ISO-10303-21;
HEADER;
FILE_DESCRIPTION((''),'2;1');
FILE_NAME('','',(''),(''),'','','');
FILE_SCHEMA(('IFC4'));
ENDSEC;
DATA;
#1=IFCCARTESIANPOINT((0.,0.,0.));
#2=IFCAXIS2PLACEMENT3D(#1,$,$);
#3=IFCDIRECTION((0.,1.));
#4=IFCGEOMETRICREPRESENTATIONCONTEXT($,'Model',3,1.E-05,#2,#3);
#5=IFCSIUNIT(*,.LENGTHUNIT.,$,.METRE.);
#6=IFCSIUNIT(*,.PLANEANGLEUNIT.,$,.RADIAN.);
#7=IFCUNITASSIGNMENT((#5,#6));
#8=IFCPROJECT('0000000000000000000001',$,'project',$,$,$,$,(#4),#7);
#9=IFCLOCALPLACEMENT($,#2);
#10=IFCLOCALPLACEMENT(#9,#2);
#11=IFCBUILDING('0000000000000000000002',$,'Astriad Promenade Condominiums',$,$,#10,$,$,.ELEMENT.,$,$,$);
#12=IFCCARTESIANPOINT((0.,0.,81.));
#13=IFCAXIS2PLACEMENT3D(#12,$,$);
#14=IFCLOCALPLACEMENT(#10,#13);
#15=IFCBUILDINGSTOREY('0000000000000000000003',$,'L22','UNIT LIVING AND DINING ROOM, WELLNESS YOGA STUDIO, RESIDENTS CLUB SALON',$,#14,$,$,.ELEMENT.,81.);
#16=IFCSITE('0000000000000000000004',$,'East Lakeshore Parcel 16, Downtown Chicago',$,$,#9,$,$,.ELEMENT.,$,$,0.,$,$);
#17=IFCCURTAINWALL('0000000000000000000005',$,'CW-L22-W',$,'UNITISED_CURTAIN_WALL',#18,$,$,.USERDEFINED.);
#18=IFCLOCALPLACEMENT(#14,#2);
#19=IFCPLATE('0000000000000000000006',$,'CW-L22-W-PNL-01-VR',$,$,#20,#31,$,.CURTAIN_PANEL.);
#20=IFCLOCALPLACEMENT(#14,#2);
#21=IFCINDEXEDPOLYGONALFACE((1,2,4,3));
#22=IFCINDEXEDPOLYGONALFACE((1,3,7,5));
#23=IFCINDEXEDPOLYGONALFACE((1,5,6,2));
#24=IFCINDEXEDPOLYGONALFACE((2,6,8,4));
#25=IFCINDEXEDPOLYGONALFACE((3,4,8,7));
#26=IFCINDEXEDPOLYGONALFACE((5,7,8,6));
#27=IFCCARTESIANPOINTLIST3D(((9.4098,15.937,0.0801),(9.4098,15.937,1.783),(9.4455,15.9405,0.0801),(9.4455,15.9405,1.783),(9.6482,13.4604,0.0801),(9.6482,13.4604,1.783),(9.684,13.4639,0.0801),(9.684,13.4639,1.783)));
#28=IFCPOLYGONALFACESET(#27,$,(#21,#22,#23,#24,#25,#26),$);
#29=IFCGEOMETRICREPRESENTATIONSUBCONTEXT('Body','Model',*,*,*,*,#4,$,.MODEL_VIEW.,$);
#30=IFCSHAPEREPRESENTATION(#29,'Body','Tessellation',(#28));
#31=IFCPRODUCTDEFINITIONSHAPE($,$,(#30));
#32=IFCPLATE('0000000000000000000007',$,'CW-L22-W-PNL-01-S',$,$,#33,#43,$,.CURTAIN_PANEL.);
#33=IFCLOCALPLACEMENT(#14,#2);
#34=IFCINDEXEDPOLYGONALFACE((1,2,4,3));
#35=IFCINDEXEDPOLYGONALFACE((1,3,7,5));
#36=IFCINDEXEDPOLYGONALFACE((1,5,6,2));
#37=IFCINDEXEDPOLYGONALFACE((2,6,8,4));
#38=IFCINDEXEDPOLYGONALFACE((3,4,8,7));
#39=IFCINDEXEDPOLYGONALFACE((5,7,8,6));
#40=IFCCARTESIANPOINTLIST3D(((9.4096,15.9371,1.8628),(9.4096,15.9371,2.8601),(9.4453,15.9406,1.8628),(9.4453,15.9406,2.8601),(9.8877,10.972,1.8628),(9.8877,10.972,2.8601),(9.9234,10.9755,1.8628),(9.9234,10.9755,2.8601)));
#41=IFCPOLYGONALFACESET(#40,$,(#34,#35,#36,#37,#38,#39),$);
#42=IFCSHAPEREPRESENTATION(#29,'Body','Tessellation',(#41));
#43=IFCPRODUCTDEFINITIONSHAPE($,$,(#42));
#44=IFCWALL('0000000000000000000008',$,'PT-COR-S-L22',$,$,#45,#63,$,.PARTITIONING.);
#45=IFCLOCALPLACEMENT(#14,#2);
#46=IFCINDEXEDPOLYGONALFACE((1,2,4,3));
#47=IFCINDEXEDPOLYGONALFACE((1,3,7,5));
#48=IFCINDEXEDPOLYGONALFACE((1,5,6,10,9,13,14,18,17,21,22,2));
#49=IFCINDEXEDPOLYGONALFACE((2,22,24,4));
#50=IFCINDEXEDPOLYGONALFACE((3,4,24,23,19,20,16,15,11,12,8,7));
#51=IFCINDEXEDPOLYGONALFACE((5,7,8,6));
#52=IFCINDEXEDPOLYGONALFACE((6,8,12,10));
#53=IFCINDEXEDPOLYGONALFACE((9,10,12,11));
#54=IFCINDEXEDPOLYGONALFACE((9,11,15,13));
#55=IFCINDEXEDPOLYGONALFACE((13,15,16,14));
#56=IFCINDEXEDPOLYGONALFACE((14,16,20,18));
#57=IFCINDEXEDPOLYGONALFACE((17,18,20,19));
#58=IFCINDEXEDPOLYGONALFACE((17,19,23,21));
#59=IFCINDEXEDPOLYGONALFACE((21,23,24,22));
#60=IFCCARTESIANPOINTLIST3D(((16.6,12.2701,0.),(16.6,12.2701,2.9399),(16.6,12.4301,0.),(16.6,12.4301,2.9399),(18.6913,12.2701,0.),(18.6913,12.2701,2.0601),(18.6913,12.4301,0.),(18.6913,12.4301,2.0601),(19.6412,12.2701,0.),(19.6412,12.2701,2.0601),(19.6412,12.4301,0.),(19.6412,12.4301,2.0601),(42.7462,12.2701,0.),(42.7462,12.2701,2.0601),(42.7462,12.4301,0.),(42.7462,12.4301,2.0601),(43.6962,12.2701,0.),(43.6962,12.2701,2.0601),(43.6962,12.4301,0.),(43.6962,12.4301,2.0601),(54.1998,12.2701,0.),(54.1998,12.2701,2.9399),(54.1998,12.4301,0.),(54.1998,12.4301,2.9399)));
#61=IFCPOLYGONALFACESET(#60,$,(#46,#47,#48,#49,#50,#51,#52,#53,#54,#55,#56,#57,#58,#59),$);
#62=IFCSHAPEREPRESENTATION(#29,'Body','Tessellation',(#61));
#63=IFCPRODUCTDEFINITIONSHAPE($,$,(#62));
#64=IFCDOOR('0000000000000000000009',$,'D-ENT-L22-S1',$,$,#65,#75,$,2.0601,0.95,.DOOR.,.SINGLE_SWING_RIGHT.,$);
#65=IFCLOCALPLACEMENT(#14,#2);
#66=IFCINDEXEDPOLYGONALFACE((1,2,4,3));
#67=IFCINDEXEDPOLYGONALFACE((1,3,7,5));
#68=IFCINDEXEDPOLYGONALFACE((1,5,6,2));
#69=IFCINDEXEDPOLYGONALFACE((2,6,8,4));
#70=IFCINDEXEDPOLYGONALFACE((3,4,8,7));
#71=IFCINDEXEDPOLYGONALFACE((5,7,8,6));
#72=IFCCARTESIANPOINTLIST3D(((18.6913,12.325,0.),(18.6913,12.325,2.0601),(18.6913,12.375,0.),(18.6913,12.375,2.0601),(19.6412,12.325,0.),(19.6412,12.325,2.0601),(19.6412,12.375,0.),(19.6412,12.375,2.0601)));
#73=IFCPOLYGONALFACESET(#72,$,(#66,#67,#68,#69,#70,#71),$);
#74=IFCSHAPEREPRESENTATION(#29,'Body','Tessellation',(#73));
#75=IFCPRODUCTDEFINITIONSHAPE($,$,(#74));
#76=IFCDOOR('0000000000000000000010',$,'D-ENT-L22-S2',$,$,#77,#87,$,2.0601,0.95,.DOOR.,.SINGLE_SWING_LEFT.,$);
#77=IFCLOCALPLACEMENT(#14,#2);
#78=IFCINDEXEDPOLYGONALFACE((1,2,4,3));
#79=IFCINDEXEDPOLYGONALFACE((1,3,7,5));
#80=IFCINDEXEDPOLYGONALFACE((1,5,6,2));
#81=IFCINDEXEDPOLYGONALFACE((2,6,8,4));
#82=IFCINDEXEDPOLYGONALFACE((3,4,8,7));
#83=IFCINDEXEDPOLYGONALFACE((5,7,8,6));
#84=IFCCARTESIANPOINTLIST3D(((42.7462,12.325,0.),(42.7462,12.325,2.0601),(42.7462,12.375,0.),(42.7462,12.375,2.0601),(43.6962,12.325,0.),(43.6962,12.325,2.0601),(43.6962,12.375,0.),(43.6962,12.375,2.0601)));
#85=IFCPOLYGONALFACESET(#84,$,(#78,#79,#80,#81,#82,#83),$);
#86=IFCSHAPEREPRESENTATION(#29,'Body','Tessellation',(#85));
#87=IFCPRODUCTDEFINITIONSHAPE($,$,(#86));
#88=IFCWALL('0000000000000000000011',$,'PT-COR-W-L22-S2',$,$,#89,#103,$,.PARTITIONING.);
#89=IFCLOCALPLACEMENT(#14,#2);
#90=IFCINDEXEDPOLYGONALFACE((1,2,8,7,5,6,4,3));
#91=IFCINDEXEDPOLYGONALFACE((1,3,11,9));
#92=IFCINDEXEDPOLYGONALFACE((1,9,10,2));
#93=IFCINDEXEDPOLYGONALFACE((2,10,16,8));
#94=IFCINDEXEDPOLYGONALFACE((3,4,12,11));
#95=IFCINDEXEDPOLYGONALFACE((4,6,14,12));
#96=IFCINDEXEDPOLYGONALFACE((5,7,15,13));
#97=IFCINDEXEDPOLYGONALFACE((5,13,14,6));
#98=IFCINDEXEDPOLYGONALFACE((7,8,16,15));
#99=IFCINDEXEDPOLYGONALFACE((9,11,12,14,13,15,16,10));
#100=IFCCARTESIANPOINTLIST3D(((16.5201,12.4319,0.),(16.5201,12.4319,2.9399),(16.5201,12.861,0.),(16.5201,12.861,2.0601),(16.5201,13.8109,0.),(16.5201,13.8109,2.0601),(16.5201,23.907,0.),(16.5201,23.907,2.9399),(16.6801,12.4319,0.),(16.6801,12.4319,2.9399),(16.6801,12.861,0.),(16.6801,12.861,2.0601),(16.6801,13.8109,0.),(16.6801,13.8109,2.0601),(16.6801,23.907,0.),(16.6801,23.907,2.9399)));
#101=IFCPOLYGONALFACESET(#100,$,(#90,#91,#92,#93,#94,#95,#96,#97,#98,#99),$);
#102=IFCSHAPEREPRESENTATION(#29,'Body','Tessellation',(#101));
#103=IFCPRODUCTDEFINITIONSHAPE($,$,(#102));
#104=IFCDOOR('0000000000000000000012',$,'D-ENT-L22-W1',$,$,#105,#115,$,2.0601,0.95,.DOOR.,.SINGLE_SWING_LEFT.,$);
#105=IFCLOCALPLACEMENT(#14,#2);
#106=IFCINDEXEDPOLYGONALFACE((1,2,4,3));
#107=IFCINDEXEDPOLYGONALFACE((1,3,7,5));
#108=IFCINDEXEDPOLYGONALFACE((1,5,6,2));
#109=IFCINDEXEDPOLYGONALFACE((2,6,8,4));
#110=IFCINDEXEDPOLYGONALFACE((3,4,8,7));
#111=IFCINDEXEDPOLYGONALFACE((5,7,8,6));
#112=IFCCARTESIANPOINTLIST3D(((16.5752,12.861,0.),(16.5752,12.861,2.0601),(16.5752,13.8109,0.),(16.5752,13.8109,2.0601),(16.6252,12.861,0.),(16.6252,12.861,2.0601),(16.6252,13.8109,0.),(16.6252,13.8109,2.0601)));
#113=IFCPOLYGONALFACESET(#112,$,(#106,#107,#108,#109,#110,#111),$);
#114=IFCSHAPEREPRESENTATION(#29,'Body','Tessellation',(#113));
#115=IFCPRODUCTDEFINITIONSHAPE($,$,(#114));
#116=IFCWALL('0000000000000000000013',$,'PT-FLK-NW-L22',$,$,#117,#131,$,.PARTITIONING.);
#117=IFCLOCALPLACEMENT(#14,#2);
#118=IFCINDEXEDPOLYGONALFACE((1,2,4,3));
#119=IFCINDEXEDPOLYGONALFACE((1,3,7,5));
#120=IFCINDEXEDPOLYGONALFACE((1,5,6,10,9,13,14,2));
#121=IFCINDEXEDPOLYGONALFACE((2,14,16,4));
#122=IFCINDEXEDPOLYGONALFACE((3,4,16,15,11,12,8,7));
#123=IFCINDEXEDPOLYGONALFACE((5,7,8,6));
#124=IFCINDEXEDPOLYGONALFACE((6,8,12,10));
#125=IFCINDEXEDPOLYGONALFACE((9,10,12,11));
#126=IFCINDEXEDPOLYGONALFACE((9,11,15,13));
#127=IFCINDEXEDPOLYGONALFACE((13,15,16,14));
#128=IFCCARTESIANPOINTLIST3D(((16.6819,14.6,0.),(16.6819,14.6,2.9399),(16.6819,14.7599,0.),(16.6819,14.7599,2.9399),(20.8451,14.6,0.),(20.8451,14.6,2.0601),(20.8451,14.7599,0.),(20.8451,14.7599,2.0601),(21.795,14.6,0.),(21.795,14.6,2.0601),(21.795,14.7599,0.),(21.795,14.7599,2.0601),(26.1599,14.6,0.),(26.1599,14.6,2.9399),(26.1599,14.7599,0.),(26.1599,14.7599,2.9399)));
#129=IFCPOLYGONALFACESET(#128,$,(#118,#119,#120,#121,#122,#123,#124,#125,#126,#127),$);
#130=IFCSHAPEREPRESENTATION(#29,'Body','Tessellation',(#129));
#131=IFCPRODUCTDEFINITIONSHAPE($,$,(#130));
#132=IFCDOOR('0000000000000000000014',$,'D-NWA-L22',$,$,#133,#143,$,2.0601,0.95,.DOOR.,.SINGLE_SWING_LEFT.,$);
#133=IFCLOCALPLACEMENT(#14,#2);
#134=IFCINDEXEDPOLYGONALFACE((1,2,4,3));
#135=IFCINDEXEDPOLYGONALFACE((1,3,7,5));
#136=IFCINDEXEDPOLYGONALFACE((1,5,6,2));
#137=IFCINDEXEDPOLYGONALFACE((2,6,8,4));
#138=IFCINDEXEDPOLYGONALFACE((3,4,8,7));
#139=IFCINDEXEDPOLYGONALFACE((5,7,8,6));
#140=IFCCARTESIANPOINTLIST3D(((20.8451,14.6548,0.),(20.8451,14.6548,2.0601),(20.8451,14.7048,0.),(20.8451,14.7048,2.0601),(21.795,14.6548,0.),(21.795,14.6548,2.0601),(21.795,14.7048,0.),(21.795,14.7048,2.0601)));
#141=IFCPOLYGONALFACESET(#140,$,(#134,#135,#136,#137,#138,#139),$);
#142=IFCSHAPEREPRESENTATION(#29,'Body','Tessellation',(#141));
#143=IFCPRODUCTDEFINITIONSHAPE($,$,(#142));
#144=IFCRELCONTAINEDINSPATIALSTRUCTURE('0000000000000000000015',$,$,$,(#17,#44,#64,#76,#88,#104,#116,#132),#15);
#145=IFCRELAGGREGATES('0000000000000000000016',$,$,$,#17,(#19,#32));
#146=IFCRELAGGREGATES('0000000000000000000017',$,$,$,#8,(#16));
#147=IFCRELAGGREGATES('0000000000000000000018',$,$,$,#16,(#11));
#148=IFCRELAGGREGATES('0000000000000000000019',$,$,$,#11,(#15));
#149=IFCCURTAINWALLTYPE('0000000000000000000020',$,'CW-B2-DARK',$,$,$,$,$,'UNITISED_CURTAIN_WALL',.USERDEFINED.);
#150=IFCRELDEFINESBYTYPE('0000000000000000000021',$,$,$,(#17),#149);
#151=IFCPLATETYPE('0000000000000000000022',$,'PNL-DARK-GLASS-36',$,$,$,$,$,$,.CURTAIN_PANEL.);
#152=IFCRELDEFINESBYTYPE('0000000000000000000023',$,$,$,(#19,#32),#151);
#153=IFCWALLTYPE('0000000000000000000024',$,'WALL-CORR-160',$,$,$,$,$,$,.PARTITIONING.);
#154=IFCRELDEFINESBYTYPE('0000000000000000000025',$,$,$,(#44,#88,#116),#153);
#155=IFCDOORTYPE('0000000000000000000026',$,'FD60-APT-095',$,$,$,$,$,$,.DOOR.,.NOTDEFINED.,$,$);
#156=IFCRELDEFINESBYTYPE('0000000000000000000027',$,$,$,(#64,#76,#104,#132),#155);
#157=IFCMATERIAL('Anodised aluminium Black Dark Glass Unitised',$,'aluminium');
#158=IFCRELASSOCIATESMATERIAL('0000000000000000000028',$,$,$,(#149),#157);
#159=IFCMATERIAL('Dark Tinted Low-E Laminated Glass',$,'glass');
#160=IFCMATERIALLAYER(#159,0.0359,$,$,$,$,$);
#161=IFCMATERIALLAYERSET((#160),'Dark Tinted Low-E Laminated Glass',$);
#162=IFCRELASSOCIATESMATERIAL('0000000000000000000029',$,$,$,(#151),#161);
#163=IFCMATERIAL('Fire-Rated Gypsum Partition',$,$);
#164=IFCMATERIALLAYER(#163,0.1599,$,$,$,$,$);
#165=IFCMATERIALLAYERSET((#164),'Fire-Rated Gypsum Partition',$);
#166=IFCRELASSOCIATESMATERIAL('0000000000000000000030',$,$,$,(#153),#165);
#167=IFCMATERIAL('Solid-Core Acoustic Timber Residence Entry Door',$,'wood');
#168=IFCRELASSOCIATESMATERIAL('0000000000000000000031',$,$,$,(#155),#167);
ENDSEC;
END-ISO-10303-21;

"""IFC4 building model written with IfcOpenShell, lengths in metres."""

from ifc_helpers import new_model, si_unit, direction, frame, frame_2d, origin, origin_2d, place, context, subcontext, project, spatial, rectangle, extrude, source, transform, mapped, material, layer, layer_set, type_object, type_shapes, element, fill, aggregate, save


model = new_model("IFC4")

# Units and contexts
model_context = context("Model", 3, precision=1e-05, world=origin(), true_north=direction((0.0, 1.0)))
body_context = subcontext(model_context, "Body", "Model", "MODEL_VIEW")
ifc_project = project(units=[si_unit("LENGTHUNIT", "METRE"), si_unit("PLANEANGLEUNIT", "RADIAN")], contexts=[model_context])

# Site, building, storey
site_placement = place(None, origin())
site = spatial("IfcSite", under=ifc_project, at=site_placement, Name="East Lakeshore Parcel 16, Downtown Chicago", CompositionType="ELEMENT", RefElevation=0.0)
building_placement = place(site_placement, origin())
building = spatial("IfcBuilding", under=site, at=building_placement, Name="Astriad Promenade Condominiums", CompositionType="ELEMENT")
storey_placement = place(building_placement, frame((0.0, 0.0, 81.0)))
storey = spatial("IfcBuildingStorey", under=building, at=storey_placement, Name="L22", Description="UNIT LIVING AND DINING ROOM, WELLNESS YOGA STUDIO, RESIDENTS CLUB SALON", CompositionType="ELEMENT", Elevation=81.0)

# Curtain wall, plates
ifc_material_1 = material(Name="Anodised aluminium Black Dark Glass Unitised", Category="aluminium")
curtain_wall_type = type_object("IfcCurtainWallType", Name="CW-B2-DARK", ElementType="UNITISED_CURTAIN_WALL", PredefinedType="USERDEFINED", material=ifc_material_1)
curtain_wall_placement = place(storey_placement, origin())
curtain_wall = element("IfcCurtainWall", 1, at=curtain_wall_placement, inside=storey, type_object=curtain_wall_type, Name="CW-L22-W", ObjectType="UNITISED_CURTAIN_WALL", PredefinedType="USERDEFINED")
ifc_material_2 = material(Name="Dark Tinted Low-E Laminated Glass", Category="glass")
ifc_layer_1 = layer(ifc_material_2, 0.0359)
ifc_layer_set_1 = layer_set([ifc_layer_1], Name="Dark Tinted Low-E Laminated Glass")
plate_type = type_object("IfcPlateType", Name="PNL-DARK-GLASS-36", PredefinedType="CURTAIN_PANEL", material=ifc_layer_set_1)
shared_shape_1 = source(origin(), body_context, "Body", "SweptSolid", [
    extrude(rectangle(XDim=2.488, YDim=0.0359, at=origin_2d()), origin(), (0.0, 0.0, 1.0), 1.7029),
])
plate_1_placement = place(storey_placement, frame((9.5469, 14.7004, 0.0801), z_axis=(0.0, 0.0, 1.0), x_axis=(-0.095846, 0.995396, 0.0)))
plate_1 = element("IfcPlate", 2, at=plate_1_placement, type_object=plate_type, Name="CW-L22-W-PNL-01-VR", PredefinedType="CURTAIN_PANEL", context=body_context, shape_type="MappedRepresentation", body=[
    mapped(shared_shape_1, transform((0.0, 0.0, 0.0), scale=1.0)),
])
shared_shape_2 = source(origin(), body_context, "Body", "SweptSolid", [
    extrude(rectangle(XDim=4.988, YDim=0.0359, at=origin_2d()), origin(), (0.0, 0.0, 1.0), 0.9973),
])
type_shapes(plate_type, [shared_shape_1, shared_shape_2])
plate_2_placement = place(storey_placement, frame((9.6665, 13.4563, 1.8628), z_axis=(0.0, 0.0, 1.0), x_axis=(-0.095846, 0.995396, 0.0)))
plate_2 = element("IfcPlate", 3, at=plate_2_placement, type_object=plate_type, Name="CW-L22-W-PNL-01-S", PredefinedType="CURTAIN_PANEL", context=body_context, shape_type="MappedRepresentation", body=[
    mapped(shared_shape_2, transform((0.0, 0.0, 0.0), scale=1.0)),
])
aggregate(curtain_wall, [plate_1, plate_2])

# Wall, openings, doors
ifc_material_3 = material(Name="Fire-Rated Gypsum Partition")
ifc_layer_2 = layer(ifc_material_3, 0.1599)
ifc_layer_set_2 = layer_set([ifc_layer_2], Name="Fire-Rated Gypsum Partition")
wall_type_1 = type_object("IfcWallType", Name="WALL-CORR-160", PredefinedType="PARTITIONING", material=ifc_layer_set_2)
wall_1_placement = place(storey_placement, frame((16.6001, 12.3501, 0.0), z_axis=(0.0, 0.0, 1.0), x_axis=(1.0, 0.0, 0.0)))
wall_1 = element("IfcWall", 4, at=wall_1_placement, inside=storey, type_object=wall_type_1, Name="PT-COR-S-L22", PredefinedType="PARTITIONING", context=body_context, shape_type="SweptSolid", body=[
    extrude(rectangle(XDim=37.5999, YDim=0.1599, at=frame_2d((18.7998, 0.0))), origin(), (0.0, 0.0, 1.0), 2.9399),
])
opening_1_placement = place(wall_1_placement, frame((2.0911, 0.0, 0.0)))
opening_1 = element("IfcOpeningElement", 5, at=opening_1_placement, cuts=wall_1, PredefinedType="OPENING", context=body_context, shape_type="SweptSolid", body=[
    extrude(rectangle(XDim=0.95, YDim=2.0601, at=frame_2d((0.4751, 1.03))), frame((0.0, 0.0898, 0.0), z_axis=(0.0, -1.0, 0.0), x_axis=(1.0, 0.0, 0.0)), (0.0, 0.0, 1.0), 0.1799),
])
opening_2_placement = place(wall_1_placement, frame((26.146, 0.0, 0.0)))
opening_2 = element("IfcOpeningElement", 6, at=opening_2_placement, cuts=wall_1, PredefinedType="OPENING", context=body_context, shape_type="SweptSolid", body=[
    extrude(rectangle(XDim=0.95, YDim=2.0601, at=frame_2d((0.4751, 1.03))), frame((0.0, 0.0898, 0.0), z_axis=(0.0, -1.0, 0.0), x_axis=(1.0, 0.0, 0.0)), (0.0, 0.0, 1.0), 0.1799),
])
ifc_material_4 = material(Name="Solid-Core Acoustic Timber Residence Entry Door", Category="wood")
door_type_1 = type_object("IfcDoorType", Name="FD60-APT-095", OperationType="NOTDEFINED", PredefinedType="DOOR", material=ifc_material_4)
shared_shape_3 = source(origin(), body_context, "Body", "SweptSolid", [
    extrude(rectangle(XDim=0.95, YDim=2.0601, at=frame_2d((0.4751, 1.03))), frame((0.0, 0.0249, 0.0), z_axis=(0.0, -1.0, 0.0), x_axis=(1.0, 0.0, 0.0)), (0.0, 0.0, 1.0), 0.05),
])
type_shapes(door_type_1, [shared_shape_3])
door_1_placement = place(opening_1_placement, origin())
door_1 = element("IfcDoor", 7, at=door_1_placement, inside=storey, type_object=door_type_1, Name="D-ENT-L22-S1", OperationType="SINGLE_SWING_RIGHT", OverallHeight=2.0601, OverallWidth=0.95, PredefinedType="DOOR", context=body_context, shape_type="MappedRepresentation", body=[
    mapped(shared_shape_3, transform((0.0, 0.0, 0.0), scale=1.0)),
])
fill(opening_1, door_1)
door_2_placement = place(opening_2_placement, origin())
door_2 = element("IfcDoor", 8, at=door_2_placement, inside=storey, type_object=door_type_1, Name="D-ENT-L22-S2", OperationType="SINGLE_SWING_LEFT", OverallHeight=2.0601, OverallWidth=0.95, PredefinedType="DOOR", context=body_context, shape_type="MappedRepresentation", body=[
    mapped(shared_shape_3, transform((0.0, 0.0, 0.0), scale=1.0)),
])
fill(opening_2, door_2)

# Walls, openings, doors
wall_2_placement = place(storey_placement, frame((16.6001, 12.4319, 0.0), z_axis=(0.0, 0.0, 1.0), x_axis=(0.0, 1.0, 0.0)))
wall_2 = element("IfcWall", 9, at=wall_2_placement, inside=storey, type_object=wall_type_1, Name="PT-COR-W-L22-S2", PredefinedType="PARTITIONING", context=body_context, shape_type="SweptSolid", body=[
    extrude(rectangle(XDim=11.4751, YDim=0.1599, at=frame_2d((5.7375, 0.0))), origin(), (0.0, 0.0, 1.0), 2.9399),
])
opening_3_placement = place(wall_2_placement, frame((0.429, 0.0, 0.0)))
opening_3 = element("IfcOpeningElement", 10, at=opening_3_placement, cuts=wall_2, PredefinedType="OPENING", context=body_context, shape_type="SweptSolid", body=[
    extrude(rectangle(XDim=0.95, YDim=2.0601, at=frame_2d((0.4751, 1.03))), frame((0.0, 0.0898, 0.0), z_axis=(0.0, -1.0, 0.0), x_axis=(1.0, 0.0, 0.0)), (0.0, 0.0, 1.0), 0.1799),
])
door_3_placement = place(opening_3_placement, origin())
door_3 = element("IfcDoor", 11, at=door_3_placement, inside=storey, type_object=door_type_1, Name="D-ENT-L22-W1", OperationType="SINGLE_SWING_LEFT", OverallHeight=2.0601, OverallWidth=0.95, PredefinedType="DOOR", context=body_context, shape_type="MappedRepresentation", body=[
    mapped(shared_shape_3, transform((0.0, 0.0, 0.0), scale=1.0)),
])
fill(opening_3, door_3)
wall_3_placement = place(storey_placement, frame((16.6819, 14.6799, 0.0), z_axis=(0.0, 0.0, 1.0), x_axis=(1.0, 0.0, 0.0)))
wall_3 = element("IfcWall", 12, at=wall_3_placement, inside=storey, type_object=wall_type_1, Name="PT-FLK-NW-L22", PredefinedType="PARTITIONING", context=body_context, shape_type="SweptSolid", body=[
    extrude(rectangle(XDim=9.478, YDim=0.1599, at=frame_2d((4.739, 0.0))), origin(), (0.0, 0.0, 1.0), 2.9399),
])
opening_4_placement = place(wall_3_placement, frame((4.1631, 0.0, 0.0)))
opening_4 = element("IfcOpeningElement", 13, at=opening_4_placement, cuts=wall_3, PredefinedType="OPENING", context=body_context, shape_type="SweptSolid", body=[
    extrude(rectangle(XDim=0.95, YDim=2.0601, at=frame_2d((0.4751, 1.03))), frame((0.0, 0.0898, 0.0), z_axis=(0.0, -1.0, 0.0), x_axis=(1.0, 0.0, 0.0)), (0.0, 0.0, 1.0), 0.1799),
])
door_4_placement = place(opening_4_placement, origin())
door_4 = element("IfcDoor", 14, at=door_4_placement, inside=storey, type_object=door_type_1, Name="D-NWA-L22", OperationType="SINGLE_SWING_LEFT", OverallHeight=2.0601, OverallWidth=0.95, PredefinedType="DOOR", context=body_context, shape_type="MappedRepresentation", body=[
    mapped(shared_shape_3, transform((0.0, 0.0, 0.0), scale=1.0)),
])
fill(opening_4, door_4)

save(model, "model.ifc")
